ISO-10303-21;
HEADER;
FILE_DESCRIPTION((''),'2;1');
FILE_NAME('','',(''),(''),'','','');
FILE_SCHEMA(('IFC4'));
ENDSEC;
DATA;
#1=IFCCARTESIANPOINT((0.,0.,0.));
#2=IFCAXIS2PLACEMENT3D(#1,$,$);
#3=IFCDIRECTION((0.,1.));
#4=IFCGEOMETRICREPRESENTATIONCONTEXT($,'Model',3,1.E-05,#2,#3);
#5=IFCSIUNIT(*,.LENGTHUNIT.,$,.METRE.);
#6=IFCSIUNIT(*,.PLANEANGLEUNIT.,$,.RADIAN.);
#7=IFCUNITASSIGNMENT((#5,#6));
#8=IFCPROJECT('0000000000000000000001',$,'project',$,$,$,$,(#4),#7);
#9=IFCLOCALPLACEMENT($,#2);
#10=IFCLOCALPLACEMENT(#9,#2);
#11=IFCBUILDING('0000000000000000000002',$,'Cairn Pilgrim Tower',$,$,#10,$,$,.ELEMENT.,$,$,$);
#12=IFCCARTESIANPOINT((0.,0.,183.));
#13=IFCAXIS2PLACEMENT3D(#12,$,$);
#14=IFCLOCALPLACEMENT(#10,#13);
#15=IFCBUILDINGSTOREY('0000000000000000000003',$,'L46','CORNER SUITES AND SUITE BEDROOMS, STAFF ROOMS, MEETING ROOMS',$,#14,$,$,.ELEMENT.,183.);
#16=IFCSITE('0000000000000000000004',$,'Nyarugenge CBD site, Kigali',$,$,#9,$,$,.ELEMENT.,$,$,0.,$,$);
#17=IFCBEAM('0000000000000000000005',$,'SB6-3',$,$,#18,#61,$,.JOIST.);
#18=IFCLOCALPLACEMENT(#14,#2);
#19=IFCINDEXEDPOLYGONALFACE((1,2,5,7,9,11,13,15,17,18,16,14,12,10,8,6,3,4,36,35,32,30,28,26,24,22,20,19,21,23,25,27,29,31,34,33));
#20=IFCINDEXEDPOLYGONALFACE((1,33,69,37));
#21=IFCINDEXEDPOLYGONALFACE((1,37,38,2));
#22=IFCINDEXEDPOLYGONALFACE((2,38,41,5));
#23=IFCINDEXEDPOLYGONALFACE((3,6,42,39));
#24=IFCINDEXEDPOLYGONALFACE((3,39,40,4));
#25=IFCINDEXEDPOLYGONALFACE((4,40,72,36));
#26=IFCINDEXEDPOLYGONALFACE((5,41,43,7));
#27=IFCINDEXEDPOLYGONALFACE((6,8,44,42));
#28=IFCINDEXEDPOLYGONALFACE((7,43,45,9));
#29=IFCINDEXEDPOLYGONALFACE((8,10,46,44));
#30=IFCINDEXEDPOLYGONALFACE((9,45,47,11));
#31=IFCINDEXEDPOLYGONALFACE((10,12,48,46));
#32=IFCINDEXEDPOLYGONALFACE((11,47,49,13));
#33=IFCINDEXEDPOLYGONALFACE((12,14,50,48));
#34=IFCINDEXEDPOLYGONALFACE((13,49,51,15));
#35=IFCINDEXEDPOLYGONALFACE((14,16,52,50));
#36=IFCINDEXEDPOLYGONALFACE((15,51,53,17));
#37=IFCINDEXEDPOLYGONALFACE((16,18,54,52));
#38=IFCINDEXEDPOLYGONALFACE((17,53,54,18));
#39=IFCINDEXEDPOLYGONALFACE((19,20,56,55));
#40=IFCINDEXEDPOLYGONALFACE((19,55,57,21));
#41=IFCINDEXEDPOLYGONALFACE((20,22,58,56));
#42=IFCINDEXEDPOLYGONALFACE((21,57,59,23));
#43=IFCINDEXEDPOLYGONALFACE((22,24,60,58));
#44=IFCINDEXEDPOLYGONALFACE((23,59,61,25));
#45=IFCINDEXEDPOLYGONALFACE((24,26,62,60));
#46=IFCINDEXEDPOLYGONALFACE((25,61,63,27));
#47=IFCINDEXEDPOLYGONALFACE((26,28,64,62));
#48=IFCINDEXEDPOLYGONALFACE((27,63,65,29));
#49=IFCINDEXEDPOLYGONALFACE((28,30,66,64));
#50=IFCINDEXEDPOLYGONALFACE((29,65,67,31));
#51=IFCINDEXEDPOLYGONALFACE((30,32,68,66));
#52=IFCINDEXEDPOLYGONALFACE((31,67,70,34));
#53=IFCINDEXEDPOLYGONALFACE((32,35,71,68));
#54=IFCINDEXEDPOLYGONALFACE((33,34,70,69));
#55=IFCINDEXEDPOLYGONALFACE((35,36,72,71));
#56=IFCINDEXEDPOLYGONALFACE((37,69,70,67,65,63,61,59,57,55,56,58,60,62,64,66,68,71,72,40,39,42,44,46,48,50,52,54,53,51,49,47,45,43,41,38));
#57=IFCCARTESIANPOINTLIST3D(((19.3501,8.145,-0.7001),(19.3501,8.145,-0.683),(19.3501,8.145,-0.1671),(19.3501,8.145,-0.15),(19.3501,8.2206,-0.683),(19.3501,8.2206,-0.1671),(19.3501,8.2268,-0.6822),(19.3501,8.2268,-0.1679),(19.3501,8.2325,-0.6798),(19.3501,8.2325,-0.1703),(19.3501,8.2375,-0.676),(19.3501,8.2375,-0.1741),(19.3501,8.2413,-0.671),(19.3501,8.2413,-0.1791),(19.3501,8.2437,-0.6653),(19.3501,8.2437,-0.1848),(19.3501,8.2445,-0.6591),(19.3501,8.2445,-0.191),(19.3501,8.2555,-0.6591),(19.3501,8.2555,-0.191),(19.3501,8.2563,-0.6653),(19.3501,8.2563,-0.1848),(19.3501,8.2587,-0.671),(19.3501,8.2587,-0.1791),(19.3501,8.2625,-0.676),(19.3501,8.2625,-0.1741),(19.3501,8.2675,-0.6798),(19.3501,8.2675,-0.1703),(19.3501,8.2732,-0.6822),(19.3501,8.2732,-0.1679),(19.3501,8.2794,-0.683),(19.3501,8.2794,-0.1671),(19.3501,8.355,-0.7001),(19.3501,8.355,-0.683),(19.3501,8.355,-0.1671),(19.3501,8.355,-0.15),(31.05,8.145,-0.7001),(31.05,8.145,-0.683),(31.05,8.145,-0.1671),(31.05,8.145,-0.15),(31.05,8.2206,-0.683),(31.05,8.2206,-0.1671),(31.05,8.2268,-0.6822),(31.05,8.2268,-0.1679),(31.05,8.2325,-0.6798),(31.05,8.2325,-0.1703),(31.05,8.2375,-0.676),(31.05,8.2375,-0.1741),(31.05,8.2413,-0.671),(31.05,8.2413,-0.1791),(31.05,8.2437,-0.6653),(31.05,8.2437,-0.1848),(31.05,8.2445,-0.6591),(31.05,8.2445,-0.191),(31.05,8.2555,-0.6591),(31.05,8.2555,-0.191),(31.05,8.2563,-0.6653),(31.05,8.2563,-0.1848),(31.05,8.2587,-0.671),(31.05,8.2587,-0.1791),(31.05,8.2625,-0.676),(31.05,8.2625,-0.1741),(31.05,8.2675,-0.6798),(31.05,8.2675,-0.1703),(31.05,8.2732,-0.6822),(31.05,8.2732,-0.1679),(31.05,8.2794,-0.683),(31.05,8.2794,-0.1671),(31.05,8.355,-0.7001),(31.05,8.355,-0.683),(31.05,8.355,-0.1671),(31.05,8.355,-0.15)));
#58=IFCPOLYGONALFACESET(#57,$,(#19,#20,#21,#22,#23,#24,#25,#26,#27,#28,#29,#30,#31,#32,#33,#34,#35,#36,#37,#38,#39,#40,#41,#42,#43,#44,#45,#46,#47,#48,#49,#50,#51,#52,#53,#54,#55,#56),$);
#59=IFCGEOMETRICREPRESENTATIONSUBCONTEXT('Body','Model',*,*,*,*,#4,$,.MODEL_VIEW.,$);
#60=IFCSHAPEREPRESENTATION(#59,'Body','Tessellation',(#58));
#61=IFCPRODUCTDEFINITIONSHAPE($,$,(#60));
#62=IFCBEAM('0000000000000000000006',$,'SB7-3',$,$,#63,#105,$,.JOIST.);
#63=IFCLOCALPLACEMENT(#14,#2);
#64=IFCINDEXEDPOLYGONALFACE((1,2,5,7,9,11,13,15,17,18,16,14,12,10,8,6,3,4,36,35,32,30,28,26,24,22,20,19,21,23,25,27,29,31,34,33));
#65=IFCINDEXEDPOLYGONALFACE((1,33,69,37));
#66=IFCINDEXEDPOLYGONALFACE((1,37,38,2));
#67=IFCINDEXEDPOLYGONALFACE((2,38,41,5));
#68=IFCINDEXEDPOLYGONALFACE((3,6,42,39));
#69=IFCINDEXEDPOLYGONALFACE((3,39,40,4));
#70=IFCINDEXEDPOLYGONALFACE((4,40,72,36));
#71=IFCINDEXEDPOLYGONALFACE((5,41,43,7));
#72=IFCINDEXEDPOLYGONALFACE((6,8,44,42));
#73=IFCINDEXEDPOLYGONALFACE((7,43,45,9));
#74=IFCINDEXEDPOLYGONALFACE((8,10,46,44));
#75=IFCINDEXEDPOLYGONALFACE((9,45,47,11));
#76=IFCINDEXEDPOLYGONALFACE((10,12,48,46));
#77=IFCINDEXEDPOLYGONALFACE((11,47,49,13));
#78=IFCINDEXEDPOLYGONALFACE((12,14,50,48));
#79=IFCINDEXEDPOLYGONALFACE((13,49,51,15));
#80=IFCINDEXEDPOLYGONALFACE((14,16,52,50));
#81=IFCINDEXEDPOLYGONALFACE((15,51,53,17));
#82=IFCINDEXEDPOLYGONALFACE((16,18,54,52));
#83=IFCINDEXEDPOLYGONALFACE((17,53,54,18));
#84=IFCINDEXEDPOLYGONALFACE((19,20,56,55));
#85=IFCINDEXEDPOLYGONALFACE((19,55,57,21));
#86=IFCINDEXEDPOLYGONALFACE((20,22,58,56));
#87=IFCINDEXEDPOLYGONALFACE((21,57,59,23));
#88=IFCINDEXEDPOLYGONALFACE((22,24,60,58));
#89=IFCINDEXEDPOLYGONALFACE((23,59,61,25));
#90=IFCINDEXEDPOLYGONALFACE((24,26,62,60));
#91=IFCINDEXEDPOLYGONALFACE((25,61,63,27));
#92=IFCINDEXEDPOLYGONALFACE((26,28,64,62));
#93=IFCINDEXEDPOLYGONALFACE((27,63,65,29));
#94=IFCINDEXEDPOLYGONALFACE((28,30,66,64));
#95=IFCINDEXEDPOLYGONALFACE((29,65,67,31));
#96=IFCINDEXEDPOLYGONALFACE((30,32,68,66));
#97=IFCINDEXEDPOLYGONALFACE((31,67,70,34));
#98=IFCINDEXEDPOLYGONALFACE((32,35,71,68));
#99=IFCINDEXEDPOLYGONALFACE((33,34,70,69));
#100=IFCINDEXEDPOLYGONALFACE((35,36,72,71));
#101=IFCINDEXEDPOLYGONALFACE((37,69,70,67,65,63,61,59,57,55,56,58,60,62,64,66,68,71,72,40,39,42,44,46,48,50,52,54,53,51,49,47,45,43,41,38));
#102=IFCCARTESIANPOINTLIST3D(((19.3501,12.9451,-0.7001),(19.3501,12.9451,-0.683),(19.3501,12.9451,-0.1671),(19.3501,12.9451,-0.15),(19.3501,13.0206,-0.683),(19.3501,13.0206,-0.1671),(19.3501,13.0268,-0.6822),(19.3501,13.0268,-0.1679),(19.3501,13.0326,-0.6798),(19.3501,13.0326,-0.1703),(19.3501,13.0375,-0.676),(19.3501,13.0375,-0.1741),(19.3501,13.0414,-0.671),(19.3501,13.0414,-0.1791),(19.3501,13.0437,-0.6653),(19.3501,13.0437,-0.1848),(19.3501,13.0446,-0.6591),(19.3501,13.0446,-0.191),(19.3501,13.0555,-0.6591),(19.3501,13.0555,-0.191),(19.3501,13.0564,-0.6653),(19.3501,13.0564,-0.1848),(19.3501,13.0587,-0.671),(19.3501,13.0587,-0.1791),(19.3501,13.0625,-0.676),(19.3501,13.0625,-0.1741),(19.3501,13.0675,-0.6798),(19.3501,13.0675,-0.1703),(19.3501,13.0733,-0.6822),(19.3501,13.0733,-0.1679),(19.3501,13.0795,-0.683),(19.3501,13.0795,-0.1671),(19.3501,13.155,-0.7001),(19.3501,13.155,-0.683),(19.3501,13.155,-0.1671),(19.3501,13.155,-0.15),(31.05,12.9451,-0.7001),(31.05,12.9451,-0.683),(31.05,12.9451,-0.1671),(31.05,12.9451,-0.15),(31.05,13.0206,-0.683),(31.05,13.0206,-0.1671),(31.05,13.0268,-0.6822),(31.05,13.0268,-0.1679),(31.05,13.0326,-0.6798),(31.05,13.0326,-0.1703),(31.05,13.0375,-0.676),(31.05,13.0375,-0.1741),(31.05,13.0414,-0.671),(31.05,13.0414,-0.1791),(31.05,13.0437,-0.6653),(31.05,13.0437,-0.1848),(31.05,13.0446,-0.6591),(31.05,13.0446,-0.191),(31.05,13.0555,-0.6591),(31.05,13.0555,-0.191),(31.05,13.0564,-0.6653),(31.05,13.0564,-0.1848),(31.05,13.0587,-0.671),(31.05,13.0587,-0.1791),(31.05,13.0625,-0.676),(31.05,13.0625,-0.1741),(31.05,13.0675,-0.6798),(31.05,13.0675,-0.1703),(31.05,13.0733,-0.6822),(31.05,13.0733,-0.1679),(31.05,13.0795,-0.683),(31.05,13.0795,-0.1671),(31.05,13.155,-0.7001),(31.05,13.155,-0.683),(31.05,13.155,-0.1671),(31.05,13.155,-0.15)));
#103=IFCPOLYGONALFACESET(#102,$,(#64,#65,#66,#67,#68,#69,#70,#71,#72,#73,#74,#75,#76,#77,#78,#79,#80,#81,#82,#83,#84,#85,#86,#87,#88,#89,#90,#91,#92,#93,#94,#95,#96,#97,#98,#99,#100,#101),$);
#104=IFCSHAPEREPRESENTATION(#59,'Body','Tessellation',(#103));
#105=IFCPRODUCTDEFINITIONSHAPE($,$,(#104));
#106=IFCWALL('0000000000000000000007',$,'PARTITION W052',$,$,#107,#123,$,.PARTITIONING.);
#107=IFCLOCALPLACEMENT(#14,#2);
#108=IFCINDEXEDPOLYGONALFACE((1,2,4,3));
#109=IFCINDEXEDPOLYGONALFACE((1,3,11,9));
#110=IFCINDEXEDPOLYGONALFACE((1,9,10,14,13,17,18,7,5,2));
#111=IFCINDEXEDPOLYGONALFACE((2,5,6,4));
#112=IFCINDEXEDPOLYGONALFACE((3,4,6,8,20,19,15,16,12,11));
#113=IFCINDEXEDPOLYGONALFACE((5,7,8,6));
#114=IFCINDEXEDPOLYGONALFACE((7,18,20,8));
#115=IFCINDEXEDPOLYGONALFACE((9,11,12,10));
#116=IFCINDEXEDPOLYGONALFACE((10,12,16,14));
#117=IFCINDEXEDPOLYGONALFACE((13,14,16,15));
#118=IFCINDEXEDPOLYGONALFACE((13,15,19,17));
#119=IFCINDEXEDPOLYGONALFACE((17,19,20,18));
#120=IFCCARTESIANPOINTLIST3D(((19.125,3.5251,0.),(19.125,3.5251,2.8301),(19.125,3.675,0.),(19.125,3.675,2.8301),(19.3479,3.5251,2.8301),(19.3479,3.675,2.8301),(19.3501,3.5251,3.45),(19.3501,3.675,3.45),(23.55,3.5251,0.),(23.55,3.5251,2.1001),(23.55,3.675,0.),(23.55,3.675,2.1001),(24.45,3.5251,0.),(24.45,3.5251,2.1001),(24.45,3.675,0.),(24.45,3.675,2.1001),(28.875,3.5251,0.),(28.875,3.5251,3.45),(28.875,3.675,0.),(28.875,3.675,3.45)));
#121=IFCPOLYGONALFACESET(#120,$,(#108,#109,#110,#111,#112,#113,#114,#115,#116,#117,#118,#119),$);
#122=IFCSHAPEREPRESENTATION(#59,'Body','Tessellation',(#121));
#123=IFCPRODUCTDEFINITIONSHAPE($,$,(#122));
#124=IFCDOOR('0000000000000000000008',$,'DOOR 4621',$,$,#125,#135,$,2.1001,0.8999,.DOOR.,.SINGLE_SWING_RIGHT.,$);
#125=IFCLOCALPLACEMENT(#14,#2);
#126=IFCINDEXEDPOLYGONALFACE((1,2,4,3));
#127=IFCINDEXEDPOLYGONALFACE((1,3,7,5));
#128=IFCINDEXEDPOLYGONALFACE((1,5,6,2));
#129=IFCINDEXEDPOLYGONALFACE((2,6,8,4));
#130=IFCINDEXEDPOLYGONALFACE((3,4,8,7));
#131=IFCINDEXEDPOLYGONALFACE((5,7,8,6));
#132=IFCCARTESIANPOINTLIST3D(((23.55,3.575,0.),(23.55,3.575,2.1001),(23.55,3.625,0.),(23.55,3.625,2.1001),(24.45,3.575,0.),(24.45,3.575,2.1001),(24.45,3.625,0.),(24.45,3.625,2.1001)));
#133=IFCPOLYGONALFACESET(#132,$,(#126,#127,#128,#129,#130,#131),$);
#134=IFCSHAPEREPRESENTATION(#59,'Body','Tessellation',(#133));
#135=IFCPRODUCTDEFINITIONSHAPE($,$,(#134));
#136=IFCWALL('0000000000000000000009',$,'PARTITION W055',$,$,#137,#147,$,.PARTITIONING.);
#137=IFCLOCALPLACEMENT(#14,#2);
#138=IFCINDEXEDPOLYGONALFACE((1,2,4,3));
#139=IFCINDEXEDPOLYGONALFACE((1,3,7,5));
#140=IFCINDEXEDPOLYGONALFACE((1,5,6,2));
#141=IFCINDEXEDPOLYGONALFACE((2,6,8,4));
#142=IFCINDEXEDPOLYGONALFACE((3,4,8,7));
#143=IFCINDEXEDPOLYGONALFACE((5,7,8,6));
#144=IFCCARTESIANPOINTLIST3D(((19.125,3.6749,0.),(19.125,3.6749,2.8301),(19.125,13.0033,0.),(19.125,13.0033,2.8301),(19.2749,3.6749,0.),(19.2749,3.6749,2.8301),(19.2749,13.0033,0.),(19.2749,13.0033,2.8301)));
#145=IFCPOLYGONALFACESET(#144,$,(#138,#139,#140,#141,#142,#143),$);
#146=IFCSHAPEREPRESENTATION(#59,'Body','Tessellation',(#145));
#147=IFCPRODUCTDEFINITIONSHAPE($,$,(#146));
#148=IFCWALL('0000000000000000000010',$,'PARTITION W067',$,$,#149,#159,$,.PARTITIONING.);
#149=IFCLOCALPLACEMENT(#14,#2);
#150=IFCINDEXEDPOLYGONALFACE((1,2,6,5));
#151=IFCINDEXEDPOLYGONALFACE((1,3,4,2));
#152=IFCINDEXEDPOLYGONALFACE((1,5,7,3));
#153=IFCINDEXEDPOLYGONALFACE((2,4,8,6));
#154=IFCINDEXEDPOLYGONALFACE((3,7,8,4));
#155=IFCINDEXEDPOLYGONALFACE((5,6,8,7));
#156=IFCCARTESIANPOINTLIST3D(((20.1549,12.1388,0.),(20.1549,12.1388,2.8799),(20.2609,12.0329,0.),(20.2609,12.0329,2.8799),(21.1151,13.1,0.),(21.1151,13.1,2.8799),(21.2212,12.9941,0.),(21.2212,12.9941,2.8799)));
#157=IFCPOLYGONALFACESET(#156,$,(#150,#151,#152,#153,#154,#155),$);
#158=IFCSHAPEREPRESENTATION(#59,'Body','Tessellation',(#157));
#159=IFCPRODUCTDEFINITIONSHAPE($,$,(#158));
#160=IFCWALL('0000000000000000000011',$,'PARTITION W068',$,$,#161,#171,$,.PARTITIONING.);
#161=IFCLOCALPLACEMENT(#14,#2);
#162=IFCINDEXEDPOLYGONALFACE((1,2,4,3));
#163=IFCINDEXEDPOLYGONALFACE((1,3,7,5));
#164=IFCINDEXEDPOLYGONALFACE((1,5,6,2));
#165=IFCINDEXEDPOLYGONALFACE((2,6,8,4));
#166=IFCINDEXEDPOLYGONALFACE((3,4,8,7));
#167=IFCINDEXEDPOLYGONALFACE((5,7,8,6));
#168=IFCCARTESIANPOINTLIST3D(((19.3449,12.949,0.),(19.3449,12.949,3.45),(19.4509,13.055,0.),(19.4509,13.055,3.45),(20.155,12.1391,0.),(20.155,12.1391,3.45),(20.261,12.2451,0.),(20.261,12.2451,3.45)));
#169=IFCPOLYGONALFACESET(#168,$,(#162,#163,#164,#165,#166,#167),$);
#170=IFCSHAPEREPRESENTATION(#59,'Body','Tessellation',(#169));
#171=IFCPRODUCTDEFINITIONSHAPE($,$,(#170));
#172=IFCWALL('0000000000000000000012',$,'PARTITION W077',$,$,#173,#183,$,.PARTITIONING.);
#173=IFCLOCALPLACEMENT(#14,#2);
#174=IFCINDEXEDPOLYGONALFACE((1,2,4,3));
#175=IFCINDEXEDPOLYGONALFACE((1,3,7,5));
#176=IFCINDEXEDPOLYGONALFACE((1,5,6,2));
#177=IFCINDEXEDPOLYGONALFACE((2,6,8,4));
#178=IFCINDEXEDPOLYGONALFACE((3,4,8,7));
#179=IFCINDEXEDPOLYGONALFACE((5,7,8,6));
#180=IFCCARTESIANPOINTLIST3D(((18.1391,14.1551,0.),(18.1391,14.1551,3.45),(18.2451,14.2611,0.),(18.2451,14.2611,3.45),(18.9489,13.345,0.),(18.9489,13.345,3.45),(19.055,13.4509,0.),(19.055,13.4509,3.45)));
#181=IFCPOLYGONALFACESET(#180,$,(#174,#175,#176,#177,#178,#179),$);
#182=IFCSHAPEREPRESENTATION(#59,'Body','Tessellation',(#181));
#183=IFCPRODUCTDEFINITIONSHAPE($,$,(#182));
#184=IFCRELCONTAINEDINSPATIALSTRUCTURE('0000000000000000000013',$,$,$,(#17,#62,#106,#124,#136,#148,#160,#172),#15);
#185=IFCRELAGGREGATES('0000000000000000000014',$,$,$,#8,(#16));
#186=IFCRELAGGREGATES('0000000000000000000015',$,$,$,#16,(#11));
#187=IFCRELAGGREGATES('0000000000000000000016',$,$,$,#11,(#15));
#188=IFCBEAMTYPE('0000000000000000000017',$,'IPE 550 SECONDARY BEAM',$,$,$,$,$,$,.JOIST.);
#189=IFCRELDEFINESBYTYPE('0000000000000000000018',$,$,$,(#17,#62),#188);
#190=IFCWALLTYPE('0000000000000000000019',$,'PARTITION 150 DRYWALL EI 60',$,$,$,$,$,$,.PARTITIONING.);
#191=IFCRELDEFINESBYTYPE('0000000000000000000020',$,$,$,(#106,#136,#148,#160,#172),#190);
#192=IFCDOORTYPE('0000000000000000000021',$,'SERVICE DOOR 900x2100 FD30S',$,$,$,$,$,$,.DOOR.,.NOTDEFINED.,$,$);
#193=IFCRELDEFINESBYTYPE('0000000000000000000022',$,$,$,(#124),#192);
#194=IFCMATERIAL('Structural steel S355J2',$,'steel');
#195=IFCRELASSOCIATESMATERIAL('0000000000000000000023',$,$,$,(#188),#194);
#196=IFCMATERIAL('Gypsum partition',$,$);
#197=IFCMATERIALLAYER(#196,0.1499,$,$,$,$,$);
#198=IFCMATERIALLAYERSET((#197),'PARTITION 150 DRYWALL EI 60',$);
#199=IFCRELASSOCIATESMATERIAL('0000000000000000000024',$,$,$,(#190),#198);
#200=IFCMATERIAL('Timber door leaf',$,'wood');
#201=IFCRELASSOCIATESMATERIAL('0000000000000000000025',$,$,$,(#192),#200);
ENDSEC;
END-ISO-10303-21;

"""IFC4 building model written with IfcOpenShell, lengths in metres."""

from ifc_helpers import new_model, si_unit, direction, frame, frame_2d, origin, origin_2d, place, context, subcontext, project, spatial, polyline, rectangle, i_section, outline, extrude, material, layer, layer_set, material_profile, profile_set, type_object, element, fill, save


model = new_model("IFC4")

# Units and contexts
model_context = context("Model", 3, precision=1e-05, world=origin(), true_north=direction((0.0, 1.0)))
body_context = subcontext(model_context, "Body", "Model", "MODEL_VIEW")
ifc_project = project(units=[si_unit("LENGTHUNIT", "METRE"), si_unit("PLANEANGLEUNIT", "RADIAN")], contexts=[model_context])

# Site, building, storey
site_placement = place(None, origin())
site = spatial("IfcSite", under=ifc_project, at=site_placement, Name="Nyarugenge CBD site, Kigali", CompositionType="ELEMENT", RefElevation=0.0)
building_placement = place(site_placement, origin())
building = spatial("IfcBuilding", under=site, at=building_placement, Name="Cairn Pilgrim Tower", CompositionType="ELEMENT")
storey_placement = place(building_placement, frame((0.0, 0.0, 183.0)))
storey = spatial("IfcBuildingStorey", under=building, at=storey_placement, Name="L46", Description="CORNER SUITES AND SUITE BEDROOMS, STAFF ROOMS, MEETING ROOMS", CompositionType="ELEMENT", Elevation=183.0)

# Shared definitions
ifc_material_1 = material(Name="Structural steel S355J2", Category="steel")

# Beams
ifc_material_profile_1 = material_profile(ifc_material_1, i_section(OverallWidth=0.21, OverallDepth=0.55, WebThickness=0.011, FlangeThickness=0.0171, FilletRadius=0.0239, at=origin_2d()), Name="IPE 550")
ifc_profile_set_1 = profile_set([ifc_material_profile_1], Name="Structural steel S355J2")
beam_type = type_object("IfcBeamType", Name="IPE 550 SECONDARY BEAM", PredefinedType="JOIST", material=ifc_profile_set_1)
for number, where, z_axis, x_axis, name in (
    (1, (19.3501, 8.25, -0.425), (1.0, 0.0, 0.0), (0.0, 1.0, 0.0), "SB6-3"),
    (2, (19.3501, 13.05, -0.425), (1.0, 0.0, 0.0), (0.0, 1.0, 0.0), "SB7-3"),
):
    element("IfcBeam", number, at=place(storey_placement, frame(where, z_axis=z_axis, x_axis=x_axis)), inside=storey, type_object=beam_type, Name=name, PredefinedType="JOIST", context=body_context, shape_type="SweptSolid", body=[
        extrude(i_section(OverallWidth=0.21, OverallDepth=0.55, WebThickness=0.011, FlangeThickness=0.0171, FilletRadius=0.0239, at=origin_2d()), origin(), (0.0, 0.0, 1.0), 11.7),
    ])

# Wall, opening, door
ifc_material_2 = material(Name="Gypsum partition")
ifc_layer_1 = layer(ifc_material_2, 0.1499)
ifc_layer_set_1 = layer_set([ifc_layer_1], Name="PARTITION 150 DRYWALL EI 60")
wall_type_1 = type_object("IfcWallType", Name="PARTITION 150 DRYWALL EI 60", PredefinedType="PARTITIONING", material=ifc_layer_set_1)
wall_1_placement = place(storey_placement, frame((19.125, 3.6001, 0.0), z_axis=(0.0, 0.0, 1.0), x_axis=(1.0, 0.0, 0.0)))
wall_1 = element("IfcWall", 3, at=wall_1_placement, inside=storey, type_object=wall_type_1, Name="PARTITION W052", PredefinedType="PARTITIONING", context=body_context, shape_type="SweptSolid", body=[
    extrude(outline(polyline([(0.0, 0.0), (9.75, 0.0), (9.75, 3.45), (0.2251, 3.45), (0.2229, 2.8301), (0.0, 2.8301), (0.0, 0.0)])), frame((0.0, 0.075, 0.0), z_axis=(0.0, -1.0, 0.0), x_axis=(1.0, 0.0, 0.0)), (0.0, 0.0, 1.0), 0.1499),
])
opening_1_placement = place(wall_1_placement, frame((4.425, 0.0, 0.0)))
opening_1 = element("IfcOpeningElement", 4, at=opening_1_placement, cuts=wall_1, PredefinedType="OPENING", context=body_context, shape_type="SweptSolid", body=[
    extrude(rectangle(XDim=0.8999, YDim=2.1001, at=frame_2d((0.45, 1.05))), frame((0.0, 0.085, 0.0), z_axis=(0.0, -1.0, 0.0), x_axis=(1.0, 0.0, 0.0)), (0.0, 0.0, 1.0), 0.1699),
])
ifc_material_3 = material(Name="Timber door leaf", Category="wood")
door_type = type_object("IfcDoorType", Name="SERVICE DOOR 900x2100 FD30S", OperationType="NOTDEFINED", PredefinedType="DOOR", material=ifc_material_3)
door_1_placement = place(opening_1_placement, origin())
door_1 = element("IfcDoor", 5, at=door_1_placement, inside=storey, type_object=door_type, Name="DOOR 4621", OperationType="SINGLE_SWING_RIGHT", OverallHeight=2.1001, OverallWidth=0.8999, PredefinedType="DOOR", context=body_context, shape_type="SweptSolid", body=[
    extrude(rectangle(XDim=0.8999, YDim=2.1001, at=frame_2d((0.45, 1.05))), frame((0.0, 0.0249, 0.0), z_axis=(0.0, -1.0, 0.0), x_axis=(1.0, 0.0, 0.0)), (0.0, 0.0, 1.0), 0.05),
])
fill(opening_1, door_1)

# Walls
wall_2_placement = place(storey_placement, frame((19.2, 3.675, 0.0), z_axis=(0.0, 0.0, 1.0), x_axis=(0.0, 1.0, 0.0)))
element("IfcWall", 6, at=wall_2_placement, inside=storey, type_object=wall_type_1, Name="PARTITION W055", PredefinedType="PARTITIONING", context=body_context, shape_type="SweptSolid", body=[
    extrude(rectangle(XDim=9.3284, YDim=0.1499, at=frame_2d((4.6641, 0.0))), origin(), (0.0, 0.0, 1.0), 2.8301),
])
wall_3_placement = place(storey_placement, frame((20.208, 12.0859, 0.0), z_axis=(0.0, 0.0, 1.0), x_axis=(0.706747, 0.707466, 0.0)))
element("IfcWall", 7, at=wall_3_placement, inside=storey, type_object=wall_type_1, Name="PARTITION W067", PredefinedType="PARTITIONING", context=body_context, shape_type="SweptSolid", body=[
    extrude(rectangle(XDim=1.3586, YDim=0.1499, at=frame_2d((0.6792, 0.0))), origin(), (0.0, 0.0, 1.0), 2.8799),
])
for number, where, z_axis, x_axis, name in (
    (8, (20.208, 12.1921, 0.0), (0.0, 0.0, 1.0), (-0.707213, 0.707, 0.0), "PARTITION W068"),
    (9, (19.002, 13.3979, 0.0), (0.0, 0.0, 1.0), (-0.707, 0.707213, 0.0), "PARTITION W077"),
):
    element("IfcWall", number, at=place(storey_placement, frame(where, z_axis=z_axis, x_axis=x_axis)), inside=storey, type_object=wall_type_1, Name=name, PredefinedType="PARTITIONING", context=body_context, shape_type="SweptSolid", body=[
        extrude(rectangle(XDim=1.1455, YDim=0.1499, at=frame_2d((0.5728, 0.0))), origin(), (0.0, 0.0, 1.0), 3.45),
    ])

save(model, "model.ifc")
